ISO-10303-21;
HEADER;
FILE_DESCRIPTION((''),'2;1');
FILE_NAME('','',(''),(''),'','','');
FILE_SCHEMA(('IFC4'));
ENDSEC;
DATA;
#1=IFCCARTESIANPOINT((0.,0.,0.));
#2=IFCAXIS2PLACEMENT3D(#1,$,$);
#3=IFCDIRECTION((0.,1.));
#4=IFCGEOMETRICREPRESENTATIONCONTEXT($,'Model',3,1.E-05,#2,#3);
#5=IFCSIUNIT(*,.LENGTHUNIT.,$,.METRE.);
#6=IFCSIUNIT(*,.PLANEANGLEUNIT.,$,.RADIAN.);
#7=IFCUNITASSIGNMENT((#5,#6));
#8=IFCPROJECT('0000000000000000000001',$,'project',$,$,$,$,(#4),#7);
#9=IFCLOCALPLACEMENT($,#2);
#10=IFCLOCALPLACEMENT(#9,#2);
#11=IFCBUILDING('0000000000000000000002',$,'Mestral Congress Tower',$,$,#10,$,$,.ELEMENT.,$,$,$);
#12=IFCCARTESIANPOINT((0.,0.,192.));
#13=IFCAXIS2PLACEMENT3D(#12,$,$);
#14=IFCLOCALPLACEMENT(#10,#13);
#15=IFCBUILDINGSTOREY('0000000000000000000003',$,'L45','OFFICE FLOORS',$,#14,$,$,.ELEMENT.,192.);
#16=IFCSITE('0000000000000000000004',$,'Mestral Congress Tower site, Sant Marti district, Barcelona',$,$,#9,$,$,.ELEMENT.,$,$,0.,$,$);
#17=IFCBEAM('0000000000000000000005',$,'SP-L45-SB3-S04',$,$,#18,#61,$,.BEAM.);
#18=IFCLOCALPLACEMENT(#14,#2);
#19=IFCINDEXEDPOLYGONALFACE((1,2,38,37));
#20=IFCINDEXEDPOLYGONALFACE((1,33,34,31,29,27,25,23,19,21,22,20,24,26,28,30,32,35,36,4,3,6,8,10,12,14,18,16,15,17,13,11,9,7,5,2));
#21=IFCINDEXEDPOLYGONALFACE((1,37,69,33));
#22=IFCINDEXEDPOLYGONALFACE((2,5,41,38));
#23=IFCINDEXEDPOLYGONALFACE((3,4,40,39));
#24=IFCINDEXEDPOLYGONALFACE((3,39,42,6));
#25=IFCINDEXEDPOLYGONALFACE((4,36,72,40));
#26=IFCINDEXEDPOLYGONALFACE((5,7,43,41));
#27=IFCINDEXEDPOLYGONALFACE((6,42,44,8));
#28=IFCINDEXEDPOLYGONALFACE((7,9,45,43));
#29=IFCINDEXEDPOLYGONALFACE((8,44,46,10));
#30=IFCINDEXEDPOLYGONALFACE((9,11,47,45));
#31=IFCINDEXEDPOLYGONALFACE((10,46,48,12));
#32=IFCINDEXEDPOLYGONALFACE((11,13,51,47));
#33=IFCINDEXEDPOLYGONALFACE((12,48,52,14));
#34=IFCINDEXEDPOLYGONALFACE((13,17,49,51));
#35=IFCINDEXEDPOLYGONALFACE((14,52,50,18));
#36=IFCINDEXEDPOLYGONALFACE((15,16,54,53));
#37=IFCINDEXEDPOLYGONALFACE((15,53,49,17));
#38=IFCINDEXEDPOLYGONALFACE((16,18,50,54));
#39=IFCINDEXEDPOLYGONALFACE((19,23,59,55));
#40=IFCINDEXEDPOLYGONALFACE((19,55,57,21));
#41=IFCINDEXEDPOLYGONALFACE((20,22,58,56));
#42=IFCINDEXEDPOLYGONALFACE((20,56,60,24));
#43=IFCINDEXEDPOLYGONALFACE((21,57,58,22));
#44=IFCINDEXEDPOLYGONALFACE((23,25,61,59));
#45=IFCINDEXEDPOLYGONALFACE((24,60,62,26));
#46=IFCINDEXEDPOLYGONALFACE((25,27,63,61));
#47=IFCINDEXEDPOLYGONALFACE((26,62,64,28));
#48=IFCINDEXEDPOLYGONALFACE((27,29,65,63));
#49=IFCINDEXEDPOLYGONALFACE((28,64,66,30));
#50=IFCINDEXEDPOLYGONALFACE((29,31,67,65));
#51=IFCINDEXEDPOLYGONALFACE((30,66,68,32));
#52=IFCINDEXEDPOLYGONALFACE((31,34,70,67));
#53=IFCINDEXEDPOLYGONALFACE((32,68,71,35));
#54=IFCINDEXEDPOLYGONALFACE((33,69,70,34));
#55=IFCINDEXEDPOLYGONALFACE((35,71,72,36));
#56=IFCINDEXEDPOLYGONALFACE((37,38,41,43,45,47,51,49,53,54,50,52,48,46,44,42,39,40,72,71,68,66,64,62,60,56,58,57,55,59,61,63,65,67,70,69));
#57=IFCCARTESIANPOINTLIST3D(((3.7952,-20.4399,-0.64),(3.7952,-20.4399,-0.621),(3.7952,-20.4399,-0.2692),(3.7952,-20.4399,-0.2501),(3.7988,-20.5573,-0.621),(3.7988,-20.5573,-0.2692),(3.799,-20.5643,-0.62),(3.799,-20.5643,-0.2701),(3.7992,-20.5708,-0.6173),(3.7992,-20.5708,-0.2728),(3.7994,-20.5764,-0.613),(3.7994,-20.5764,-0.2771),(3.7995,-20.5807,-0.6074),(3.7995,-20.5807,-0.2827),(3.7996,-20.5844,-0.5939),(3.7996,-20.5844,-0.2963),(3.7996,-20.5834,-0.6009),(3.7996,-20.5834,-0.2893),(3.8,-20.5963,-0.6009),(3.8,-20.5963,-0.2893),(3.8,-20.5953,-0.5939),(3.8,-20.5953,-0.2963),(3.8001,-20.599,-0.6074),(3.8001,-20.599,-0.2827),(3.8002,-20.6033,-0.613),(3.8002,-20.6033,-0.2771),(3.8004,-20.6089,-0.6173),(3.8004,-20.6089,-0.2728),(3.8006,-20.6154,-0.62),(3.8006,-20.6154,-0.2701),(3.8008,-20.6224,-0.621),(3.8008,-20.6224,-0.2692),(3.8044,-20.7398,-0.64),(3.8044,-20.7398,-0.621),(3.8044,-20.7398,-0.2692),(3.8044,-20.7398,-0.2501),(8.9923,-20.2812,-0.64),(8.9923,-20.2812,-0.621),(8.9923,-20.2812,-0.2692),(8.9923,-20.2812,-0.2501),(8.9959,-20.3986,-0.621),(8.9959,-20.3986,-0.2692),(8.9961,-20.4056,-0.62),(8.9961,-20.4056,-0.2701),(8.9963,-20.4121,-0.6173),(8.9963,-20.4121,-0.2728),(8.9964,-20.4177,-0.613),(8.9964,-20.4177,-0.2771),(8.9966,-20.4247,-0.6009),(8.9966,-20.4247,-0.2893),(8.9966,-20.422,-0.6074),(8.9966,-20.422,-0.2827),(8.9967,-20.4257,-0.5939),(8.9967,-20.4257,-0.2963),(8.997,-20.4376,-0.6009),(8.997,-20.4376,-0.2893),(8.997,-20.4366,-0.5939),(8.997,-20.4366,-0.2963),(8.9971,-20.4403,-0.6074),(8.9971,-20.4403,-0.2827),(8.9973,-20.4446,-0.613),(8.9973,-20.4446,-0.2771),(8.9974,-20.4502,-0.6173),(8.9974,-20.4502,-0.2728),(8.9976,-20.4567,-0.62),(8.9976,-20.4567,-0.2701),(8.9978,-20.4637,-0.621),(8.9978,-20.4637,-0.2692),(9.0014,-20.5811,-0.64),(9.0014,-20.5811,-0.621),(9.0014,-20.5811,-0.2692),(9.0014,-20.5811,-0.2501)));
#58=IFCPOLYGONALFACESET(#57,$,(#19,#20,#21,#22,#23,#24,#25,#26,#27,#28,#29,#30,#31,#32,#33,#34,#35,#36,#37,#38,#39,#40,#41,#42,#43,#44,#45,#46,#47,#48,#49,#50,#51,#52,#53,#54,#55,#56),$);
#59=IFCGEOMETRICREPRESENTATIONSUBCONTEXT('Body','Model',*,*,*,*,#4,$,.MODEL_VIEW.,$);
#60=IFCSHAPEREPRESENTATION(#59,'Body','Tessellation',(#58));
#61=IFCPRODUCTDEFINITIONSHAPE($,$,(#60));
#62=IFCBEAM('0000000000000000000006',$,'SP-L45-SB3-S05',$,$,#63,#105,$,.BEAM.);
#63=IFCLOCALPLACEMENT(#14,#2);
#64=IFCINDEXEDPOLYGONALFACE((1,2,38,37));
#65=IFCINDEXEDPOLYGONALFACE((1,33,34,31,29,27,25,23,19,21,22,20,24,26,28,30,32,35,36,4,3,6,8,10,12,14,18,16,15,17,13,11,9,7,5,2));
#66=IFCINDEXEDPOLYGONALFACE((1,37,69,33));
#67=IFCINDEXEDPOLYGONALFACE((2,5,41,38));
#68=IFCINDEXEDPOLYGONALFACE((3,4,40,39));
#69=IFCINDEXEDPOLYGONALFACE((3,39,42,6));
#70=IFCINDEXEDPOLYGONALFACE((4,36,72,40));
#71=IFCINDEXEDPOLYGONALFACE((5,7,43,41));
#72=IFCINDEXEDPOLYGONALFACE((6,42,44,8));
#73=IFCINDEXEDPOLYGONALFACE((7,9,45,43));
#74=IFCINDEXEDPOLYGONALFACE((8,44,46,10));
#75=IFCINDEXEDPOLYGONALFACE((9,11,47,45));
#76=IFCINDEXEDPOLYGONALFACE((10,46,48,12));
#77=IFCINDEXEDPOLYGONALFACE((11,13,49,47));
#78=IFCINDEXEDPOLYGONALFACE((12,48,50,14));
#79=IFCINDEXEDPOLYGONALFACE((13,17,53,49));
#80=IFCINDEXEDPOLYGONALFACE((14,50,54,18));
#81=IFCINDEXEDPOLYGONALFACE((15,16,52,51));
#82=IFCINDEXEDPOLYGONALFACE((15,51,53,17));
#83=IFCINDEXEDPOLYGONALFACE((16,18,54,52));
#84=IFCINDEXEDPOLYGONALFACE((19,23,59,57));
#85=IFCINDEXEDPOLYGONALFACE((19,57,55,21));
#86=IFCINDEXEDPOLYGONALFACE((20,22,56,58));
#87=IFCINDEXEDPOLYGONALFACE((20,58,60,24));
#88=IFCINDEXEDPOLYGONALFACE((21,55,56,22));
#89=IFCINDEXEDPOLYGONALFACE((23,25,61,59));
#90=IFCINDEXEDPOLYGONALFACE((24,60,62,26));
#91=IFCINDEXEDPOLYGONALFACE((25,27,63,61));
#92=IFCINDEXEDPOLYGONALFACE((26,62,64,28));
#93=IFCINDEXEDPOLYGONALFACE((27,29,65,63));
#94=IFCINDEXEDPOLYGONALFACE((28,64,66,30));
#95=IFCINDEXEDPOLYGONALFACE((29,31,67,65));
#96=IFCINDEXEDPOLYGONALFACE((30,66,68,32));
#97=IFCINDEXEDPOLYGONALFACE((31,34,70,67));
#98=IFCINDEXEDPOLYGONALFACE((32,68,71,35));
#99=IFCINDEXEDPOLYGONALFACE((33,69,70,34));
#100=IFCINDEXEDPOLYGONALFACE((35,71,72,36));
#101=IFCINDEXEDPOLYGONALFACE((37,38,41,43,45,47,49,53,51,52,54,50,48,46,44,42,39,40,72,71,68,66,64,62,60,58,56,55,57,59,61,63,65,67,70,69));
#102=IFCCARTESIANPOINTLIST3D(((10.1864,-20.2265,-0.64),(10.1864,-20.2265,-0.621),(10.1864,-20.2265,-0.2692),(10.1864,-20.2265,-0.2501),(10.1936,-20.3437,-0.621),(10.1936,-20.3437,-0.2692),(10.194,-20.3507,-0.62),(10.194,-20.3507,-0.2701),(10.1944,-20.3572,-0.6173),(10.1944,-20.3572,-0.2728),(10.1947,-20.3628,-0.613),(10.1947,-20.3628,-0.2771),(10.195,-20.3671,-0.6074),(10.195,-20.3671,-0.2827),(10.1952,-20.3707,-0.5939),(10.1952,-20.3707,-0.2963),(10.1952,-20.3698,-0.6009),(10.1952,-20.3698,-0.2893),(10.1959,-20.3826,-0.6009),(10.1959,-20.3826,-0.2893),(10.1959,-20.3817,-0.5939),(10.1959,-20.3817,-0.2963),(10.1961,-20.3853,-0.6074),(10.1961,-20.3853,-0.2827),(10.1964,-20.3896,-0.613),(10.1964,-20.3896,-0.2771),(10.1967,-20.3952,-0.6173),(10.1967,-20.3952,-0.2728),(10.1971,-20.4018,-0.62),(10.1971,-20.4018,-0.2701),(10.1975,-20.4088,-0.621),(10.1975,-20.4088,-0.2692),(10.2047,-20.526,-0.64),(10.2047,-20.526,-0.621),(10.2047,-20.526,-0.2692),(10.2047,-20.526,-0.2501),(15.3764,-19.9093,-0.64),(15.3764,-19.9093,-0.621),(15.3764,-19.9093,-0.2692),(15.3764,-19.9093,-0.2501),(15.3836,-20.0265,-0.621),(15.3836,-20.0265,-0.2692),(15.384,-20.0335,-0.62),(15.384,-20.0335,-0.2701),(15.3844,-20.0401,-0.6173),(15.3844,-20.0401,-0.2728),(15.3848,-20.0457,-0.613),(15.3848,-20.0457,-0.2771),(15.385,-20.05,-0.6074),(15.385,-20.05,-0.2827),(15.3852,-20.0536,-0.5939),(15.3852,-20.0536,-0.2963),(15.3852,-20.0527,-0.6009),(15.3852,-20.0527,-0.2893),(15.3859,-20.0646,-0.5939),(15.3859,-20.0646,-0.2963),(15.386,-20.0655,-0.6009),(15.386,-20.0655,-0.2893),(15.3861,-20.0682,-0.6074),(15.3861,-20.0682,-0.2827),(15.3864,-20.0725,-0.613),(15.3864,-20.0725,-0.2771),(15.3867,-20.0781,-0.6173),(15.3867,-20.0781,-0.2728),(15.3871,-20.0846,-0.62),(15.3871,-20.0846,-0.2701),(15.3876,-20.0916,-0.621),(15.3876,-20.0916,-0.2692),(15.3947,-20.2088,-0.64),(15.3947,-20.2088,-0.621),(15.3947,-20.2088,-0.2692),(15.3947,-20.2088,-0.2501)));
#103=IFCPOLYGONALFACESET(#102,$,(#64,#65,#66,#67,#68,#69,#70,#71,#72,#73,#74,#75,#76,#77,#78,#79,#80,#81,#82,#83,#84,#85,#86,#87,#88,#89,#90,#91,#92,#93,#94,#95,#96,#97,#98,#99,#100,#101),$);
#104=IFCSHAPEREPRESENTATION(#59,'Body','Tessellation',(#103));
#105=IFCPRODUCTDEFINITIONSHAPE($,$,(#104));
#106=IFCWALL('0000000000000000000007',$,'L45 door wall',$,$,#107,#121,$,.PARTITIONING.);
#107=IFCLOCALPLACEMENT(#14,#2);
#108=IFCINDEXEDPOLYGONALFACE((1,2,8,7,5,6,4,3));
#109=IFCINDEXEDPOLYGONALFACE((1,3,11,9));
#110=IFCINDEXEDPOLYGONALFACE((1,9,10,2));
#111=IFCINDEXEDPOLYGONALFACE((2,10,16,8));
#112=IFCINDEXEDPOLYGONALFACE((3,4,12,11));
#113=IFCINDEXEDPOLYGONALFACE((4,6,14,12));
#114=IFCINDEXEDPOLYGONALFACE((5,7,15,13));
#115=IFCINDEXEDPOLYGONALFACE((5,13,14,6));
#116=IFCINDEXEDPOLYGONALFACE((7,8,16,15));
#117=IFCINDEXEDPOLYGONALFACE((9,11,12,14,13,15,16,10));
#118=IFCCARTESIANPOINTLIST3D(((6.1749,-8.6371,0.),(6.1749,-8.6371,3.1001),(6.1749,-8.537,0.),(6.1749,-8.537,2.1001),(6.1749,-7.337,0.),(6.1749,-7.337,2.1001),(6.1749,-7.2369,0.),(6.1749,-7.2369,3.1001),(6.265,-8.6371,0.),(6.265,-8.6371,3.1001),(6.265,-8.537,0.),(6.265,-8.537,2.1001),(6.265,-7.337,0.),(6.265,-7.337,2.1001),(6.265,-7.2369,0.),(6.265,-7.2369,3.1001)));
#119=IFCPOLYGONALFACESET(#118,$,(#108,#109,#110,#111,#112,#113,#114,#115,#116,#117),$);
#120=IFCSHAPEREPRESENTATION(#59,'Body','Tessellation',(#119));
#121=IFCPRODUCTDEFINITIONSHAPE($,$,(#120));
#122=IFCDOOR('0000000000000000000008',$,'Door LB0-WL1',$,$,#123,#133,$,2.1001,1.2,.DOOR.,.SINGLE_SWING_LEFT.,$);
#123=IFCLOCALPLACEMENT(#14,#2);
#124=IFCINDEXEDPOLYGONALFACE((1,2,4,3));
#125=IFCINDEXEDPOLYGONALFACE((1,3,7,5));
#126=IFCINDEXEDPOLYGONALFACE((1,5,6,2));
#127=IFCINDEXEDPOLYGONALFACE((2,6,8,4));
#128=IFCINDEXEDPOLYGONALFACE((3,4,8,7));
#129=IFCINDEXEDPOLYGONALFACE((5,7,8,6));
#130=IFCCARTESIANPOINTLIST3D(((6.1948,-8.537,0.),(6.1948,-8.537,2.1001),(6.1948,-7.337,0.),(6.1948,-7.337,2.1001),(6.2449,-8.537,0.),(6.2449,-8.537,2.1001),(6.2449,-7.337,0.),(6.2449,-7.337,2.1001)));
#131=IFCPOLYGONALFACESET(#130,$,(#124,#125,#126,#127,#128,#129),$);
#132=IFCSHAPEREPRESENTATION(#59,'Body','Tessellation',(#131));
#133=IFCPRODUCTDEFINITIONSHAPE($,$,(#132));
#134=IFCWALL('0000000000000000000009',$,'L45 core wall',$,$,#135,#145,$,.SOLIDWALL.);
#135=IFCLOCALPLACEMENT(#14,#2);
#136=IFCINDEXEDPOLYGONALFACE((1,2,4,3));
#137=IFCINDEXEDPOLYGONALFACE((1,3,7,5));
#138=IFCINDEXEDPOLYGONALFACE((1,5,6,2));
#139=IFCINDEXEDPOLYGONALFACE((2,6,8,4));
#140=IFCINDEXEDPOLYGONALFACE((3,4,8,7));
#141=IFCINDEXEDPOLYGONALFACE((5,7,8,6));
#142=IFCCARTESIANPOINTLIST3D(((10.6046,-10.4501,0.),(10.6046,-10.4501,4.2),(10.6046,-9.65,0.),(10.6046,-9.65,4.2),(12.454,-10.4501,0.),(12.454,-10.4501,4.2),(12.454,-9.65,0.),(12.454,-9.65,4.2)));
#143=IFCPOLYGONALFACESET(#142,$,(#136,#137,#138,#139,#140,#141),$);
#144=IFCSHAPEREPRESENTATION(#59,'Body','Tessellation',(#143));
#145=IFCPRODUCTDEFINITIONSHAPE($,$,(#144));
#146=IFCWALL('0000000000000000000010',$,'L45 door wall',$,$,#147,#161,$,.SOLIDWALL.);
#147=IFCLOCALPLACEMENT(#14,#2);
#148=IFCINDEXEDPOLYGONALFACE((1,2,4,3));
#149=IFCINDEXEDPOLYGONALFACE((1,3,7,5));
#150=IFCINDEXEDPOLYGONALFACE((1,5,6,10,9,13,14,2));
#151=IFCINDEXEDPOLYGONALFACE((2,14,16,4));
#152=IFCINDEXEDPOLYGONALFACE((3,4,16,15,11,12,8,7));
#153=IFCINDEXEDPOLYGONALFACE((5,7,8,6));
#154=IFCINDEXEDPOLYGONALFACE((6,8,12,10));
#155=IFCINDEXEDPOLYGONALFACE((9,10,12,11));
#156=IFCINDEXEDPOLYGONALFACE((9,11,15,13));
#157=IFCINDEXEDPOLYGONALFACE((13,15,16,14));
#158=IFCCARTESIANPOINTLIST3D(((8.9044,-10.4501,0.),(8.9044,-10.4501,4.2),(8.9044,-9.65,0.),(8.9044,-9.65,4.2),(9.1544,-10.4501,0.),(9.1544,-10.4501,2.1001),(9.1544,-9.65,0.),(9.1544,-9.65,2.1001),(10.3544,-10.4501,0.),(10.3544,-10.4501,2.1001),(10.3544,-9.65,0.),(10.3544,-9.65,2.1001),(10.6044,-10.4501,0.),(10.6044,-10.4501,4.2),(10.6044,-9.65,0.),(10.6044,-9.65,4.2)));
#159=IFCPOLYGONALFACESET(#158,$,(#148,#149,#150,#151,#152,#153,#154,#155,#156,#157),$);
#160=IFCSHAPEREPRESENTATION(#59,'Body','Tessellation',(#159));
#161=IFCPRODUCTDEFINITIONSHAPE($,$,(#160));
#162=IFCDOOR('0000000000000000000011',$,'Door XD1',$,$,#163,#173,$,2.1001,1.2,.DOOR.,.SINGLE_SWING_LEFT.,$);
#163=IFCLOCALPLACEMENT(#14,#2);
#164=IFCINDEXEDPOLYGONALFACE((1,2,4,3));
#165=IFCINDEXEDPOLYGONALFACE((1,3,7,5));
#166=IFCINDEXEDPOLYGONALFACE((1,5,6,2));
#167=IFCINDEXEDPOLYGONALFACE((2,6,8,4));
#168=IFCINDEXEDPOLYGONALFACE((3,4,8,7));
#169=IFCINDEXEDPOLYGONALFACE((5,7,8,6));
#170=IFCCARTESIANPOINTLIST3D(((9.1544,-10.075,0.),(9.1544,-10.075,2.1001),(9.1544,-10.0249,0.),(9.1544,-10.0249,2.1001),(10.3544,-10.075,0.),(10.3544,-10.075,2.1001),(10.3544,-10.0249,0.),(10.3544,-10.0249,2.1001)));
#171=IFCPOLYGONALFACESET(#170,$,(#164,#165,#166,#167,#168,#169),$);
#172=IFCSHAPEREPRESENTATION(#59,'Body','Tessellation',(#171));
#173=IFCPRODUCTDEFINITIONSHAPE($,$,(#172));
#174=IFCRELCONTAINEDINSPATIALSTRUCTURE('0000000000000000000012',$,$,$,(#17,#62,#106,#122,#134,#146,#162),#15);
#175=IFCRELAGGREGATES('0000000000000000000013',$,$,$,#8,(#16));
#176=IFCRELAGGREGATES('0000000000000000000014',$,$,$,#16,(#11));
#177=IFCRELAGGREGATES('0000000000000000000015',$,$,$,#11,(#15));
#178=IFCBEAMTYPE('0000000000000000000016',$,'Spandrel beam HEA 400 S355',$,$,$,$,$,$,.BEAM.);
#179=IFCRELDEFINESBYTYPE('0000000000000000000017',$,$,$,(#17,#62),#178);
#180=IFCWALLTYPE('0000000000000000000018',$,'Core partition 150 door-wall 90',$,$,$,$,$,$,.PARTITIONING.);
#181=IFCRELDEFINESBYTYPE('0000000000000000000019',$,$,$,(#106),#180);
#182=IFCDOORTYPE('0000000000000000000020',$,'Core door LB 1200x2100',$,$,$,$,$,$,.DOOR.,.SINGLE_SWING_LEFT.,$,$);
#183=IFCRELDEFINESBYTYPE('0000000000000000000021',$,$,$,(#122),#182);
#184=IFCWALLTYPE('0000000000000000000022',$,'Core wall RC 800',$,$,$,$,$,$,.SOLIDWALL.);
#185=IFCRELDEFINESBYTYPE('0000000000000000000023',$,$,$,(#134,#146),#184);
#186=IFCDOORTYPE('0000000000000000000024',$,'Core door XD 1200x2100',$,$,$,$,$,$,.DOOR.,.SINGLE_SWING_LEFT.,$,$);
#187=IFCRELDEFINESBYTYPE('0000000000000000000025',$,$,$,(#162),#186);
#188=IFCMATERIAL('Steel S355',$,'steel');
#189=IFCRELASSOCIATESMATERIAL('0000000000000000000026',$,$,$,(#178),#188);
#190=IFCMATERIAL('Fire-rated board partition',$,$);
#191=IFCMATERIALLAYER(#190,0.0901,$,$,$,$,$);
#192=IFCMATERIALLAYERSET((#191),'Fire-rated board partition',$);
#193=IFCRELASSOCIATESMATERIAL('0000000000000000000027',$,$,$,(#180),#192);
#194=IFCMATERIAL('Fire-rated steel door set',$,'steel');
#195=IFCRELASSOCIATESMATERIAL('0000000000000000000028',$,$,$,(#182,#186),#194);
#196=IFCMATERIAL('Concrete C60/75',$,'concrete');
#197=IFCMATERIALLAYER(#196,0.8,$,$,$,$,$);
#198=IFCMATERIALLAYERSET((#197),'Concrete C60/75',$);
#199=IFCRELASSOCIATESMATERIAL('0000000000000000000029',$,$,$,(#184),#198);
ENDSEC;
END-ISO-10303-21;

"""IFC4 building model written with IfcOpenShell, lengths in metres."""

from ifc_helpers import new_model, si_unit, direction, frame, frame_2d, origin, origin_2d, place, context, subcontext, project, spatial, rectangle, i_section, extrude, material, layer, layer_set, material_profile, profile_set, type_object, element, fill, save


model = new_model("IFC4")

# Units and contexts
model_context = context("Model", 3, precision=1e-05, world=origin(), true_north=direction((0.0, 1.0)))
body_context = subcontext(model_context, "Body", "Model", "MODEL_VIEW")
ifc_project = project(units=[si_unit("LENGTHUNIT", "METRE"), si_unit("PLANEANGLEUNIT", "RADIAN")], contexts=[model_context])

# Site, building, storey
site_placement = place(None, origin())
site = spatial("IfcSite", under=ifc_project, at=site_placement, Name="Mestral Congress Tower site, Sant Marti district, Barcelona", CompositionType="ELEMENT", RefElevation=0.0)
building_placement = place(site_placement, origin())
building = spatial("IfcBuilding", under=site, at=building_placement, Name="Mestral Congress Tower", CompositionType="ELEMENT")
storey_placement = place(building_placement, frame((0.0, 0.0, 192.0)))
storey = spatial("IfcBuildingStorey", under=building, at=storey_placement, Name="L45", Description="OFFICE FLOORS", CompositionType="ELEMENT", Elevation=192.0)

# Shared definitions
ifc_material_1 = material(Name="Concrete C60/75", Category="concrete")

# Beams
ifc_material_2 = material(Name="Steel S355", Category="steel")
ifc_material_profile_1 = material_profile(ifc_material_2, i_section(OverallWidth=0.3, OverallDepth=0.3899, WebThickness=0.011, FlangeThickness=0.019, FilletRadius=0.0271, at=origin_2d()), Name="HEA 400")
ifc_profile_set_1 = profile_set([ifc_material_profile_1], Name="Steel S355")
beam_type_1 = type_object("IfcBeamType", Name="Spandrel beam HEA 400 S355", PredefinedType="BEAM", material=ifc_profile_set_1)
beam_1_placement = place(storey_placement, frame((3.7998, -20.5898, -0.4451), z_axis=(0.999534, 0.030521, 0.0), x_axis=(-0.030521, 0.999534, 0.0)))
element("IfcBeam", 1, at=beam_1_placement, inside=storey, type_object=beam_type_1, Name="SP-L45-SB3-S04", PredefinedType="BEAM", context=body_context, shape_type="SweptSolid", body=[
    extrude(i_section(OverallWidth=0.3, OverallDepth=0.3899, WebThickness=0.011, FlangeThickness=0.019, FilletRadius=0.0271, at=origin_2d()), origin(), (0.0, 0.0, 1.0), 5.1995),
])
beam_2_placement = place(storey_placement, frame((10.1956, -20.3762, -0.4451), z_axis=(0.998138, 0.060993, 0.0), x_axis=(-0.060993, 0.998138, 0.0)))
element("IfcBeam", 2, at=beam_2_placement, inside=storey, type_object=beam_type_1, Name="SP-L45-SB3-S05", PredefinedType="BEAM", context=body_context, shape_type="SweptSolid", body=[
    extrude(i_section(OverallWidth=0.3, OverallDepth=0.3899, WebThickness=0.011, FlangeThickness=0.019, FilletRadius=0.0271, at=origin_2d()), origin(), (0.0, 0.0, 1.0), 5.1997),
])

# Wall, opening, door
ifc_material_3 = material(Name="Fire-rated board partition")
ifc_layer_1 = layer(ifc_material_3, 0.0901)
ifc_layer_set_1 = layer_set([ifc_layer_1], Name="Fire-rated board partition")
wall_type_1 = type_object("IfcWallType", Name="Core partition 150 door-wall 90", PredefinedType="PARTITIONING", material=ifc_layer_set_1)
wall_1_placement = place(storey_placement, frame((6.22, -7.2368, 0.0), z_axis=(0.0, 0.0, 1.0), x_axis=(0.0, -1.0, 0.0)))
wall_1 = element("IfcWall", 3, at=wall_1_placement, inside=storey, type_object=wall_type_1, Name="L45 door wall", PredefinedType="PARTITIONING", context=body_context, shape_type="SweptSolid", body=[
    extrude(rectangle(XDim=1.4001, YDim=0.0901, at=frame_2d((0.7002, 0.0))), origin(), (0.0, 0.0, 1.0), 3.1001),
])
opening_1_placement = place(wall_1_placement, frame((0.1001, 0.0, 0.0)))
opening_1 = element("IfcOpeningElement", 4, at=opening_1_placement, cuts=wall_1, PredefinedType="OPENING", context=body_context, shape_type="SweptSolid", body=[
    extrude(rectangle(XDim=1.2, YDim=2.1001, at=frame_2d((0.6001, 1.05))), frame((0.0, 0.0549, 0.0), z_axis=(0.0, -1.0, 0.0), x_axis=(1.0, 0.0, 0.0)), (0.0, 0.0, 1.0), 0.1101),
])
ifc_material_4 = material(Name="Fire-rated steel door set", Category="steel")
door_type_1 = type_object("IfcDoorType", Name="Core door LB 1200x2100", OperationType="SINGLE_SWING_LEFT", PredefinedType="DOOR", material=ifc_material_4)
door_1_placement = place(opening_1_placement, origin())
door_1 = element("IfcDoor", 5, at=door_1_placement, inside=storey, type_object=door_type_1, Name="Door LB0-WL1", OperationType="SINGLE_SWING_LEFT", OverallHeight=2.1001, OverallWidth=1.2, PredefinedType="DOOR", context=body_context, shape_type="SweptSolid", body=[
    extrude(rectangle(XDim=1.2, YDim=2.1001, at=frame_2d((0.6001, 1.05))), frame((0.0, 0.0249, 0.0), z_axis=(0.0, -1.0, 0.0), x_axis=(1.0, 0.0, 0.0)), (0.0, 0.0, 1.0), 0.05),
])
fill(opening_1, door_1)

# Wall
ifc_layer_2 = layer(ifc_material_1, 0.8)
ifc_layer_set_2 = layer_set([ifc_layer_2], Name="Concrete C60/75")
wall_type_2 = type_object("IfcWallType", Name="Core wall RC 800", PredefinedType="SOLIDWALL", material=ifc_layer_set_2)
wall_2_placement = place(storey_placement, frame((10.6045, -10.05, 0.0), z_axis=(0.0, 0.0, 1.0), x_axis=(1.0, 0.0, 0.0)))
element("IfcWall", 6, at=wall_2_placement, inside=storey, type_object=wall_type_2, Name="L45 core wall", PredefinedType="SOLIDWALL", context=body_context, shape_type="SweptSolid", body=[
    extrude(rectangle(XDim=1.8494, YDim=0.8, at=frame_2d((0.9248, 0.0))), origin(), (0.0, 0.0, 1.0), 4.2),
])

# Wall, opening, door
wall_3_placement = place(storey_placement, frame((10.6045, -10.05, 0.0), z_axis=(0.0, 0.0, 1.0), x_axis=(-1.0, 0.0, 0.0)))
wall_3 = element("IfcWall", 7, at=wall_3_placement, inside=storey, type_object=wall_type_2, Name="L45 door wall", PredefinedType="SOLIDWALL", context=body_context, shape_type="SweptSolid", body=[
    extrude(rectangle(XDim=1.7, YDim=0.8, at=frame_2d((0.8501, 0.0))), origin(), (0.0, 0.0, 1.0), 4.2),
])
opening_2_placement = place(wall_3_placement, frame((0.25, 0.0, 0.0)))
opening_2 = element("IfcOpeningElement", 8, at=opening_2_placement, cuts=wall_3, PredefinedType="OPENING", context=body_context, shape_type="SweptSolid", body=[
    extrude(rectangle(XDim=1.2, YDim=2.1001, at=frame_2d((0.6001, 1.05))), frame((0.0, 0.4099, 0.0), z_axis=(0.0, -1.0, 0.0), x_axis=(1.0, 0.0, 0.0)), (0.0, 0.0, 1.0), 0.8201),
])
door_type_2 = type_object("IfcDoorType", Name="Core door XD 1200x2100", OperationType="SINGLE_SWING_LEFT", PredefinedType="DOOR", material=ifc_material_4)
door_2_placement = place(opening_2_placement, origin())
door_2 = element("IfcDoor", 9, at=door_2_placement, inside=storey, type_object=door_type_2, Name="Door XD1", OperationType="SINGLE_SWING_LEFT", OverallHeight=2.1001, OverallWidth=1.2, PredefinedType="DOOR", context=body_context, shape_type="SweptSolid", body=[
    extrude(rectangle(XDim=1.2, YDim=2.1001, at=frame_2d((0.6001, 1.05))), frame((0.0, 0.0249, 0.0), z_axis=(0.0, -1.0, 0.0), x_axis=(1.0, 0.0, 0.0)), (0.0, 0.0, 1.0), 0.05),
])
fill(opening_2, door_2)

save(model, "model.ifc")
